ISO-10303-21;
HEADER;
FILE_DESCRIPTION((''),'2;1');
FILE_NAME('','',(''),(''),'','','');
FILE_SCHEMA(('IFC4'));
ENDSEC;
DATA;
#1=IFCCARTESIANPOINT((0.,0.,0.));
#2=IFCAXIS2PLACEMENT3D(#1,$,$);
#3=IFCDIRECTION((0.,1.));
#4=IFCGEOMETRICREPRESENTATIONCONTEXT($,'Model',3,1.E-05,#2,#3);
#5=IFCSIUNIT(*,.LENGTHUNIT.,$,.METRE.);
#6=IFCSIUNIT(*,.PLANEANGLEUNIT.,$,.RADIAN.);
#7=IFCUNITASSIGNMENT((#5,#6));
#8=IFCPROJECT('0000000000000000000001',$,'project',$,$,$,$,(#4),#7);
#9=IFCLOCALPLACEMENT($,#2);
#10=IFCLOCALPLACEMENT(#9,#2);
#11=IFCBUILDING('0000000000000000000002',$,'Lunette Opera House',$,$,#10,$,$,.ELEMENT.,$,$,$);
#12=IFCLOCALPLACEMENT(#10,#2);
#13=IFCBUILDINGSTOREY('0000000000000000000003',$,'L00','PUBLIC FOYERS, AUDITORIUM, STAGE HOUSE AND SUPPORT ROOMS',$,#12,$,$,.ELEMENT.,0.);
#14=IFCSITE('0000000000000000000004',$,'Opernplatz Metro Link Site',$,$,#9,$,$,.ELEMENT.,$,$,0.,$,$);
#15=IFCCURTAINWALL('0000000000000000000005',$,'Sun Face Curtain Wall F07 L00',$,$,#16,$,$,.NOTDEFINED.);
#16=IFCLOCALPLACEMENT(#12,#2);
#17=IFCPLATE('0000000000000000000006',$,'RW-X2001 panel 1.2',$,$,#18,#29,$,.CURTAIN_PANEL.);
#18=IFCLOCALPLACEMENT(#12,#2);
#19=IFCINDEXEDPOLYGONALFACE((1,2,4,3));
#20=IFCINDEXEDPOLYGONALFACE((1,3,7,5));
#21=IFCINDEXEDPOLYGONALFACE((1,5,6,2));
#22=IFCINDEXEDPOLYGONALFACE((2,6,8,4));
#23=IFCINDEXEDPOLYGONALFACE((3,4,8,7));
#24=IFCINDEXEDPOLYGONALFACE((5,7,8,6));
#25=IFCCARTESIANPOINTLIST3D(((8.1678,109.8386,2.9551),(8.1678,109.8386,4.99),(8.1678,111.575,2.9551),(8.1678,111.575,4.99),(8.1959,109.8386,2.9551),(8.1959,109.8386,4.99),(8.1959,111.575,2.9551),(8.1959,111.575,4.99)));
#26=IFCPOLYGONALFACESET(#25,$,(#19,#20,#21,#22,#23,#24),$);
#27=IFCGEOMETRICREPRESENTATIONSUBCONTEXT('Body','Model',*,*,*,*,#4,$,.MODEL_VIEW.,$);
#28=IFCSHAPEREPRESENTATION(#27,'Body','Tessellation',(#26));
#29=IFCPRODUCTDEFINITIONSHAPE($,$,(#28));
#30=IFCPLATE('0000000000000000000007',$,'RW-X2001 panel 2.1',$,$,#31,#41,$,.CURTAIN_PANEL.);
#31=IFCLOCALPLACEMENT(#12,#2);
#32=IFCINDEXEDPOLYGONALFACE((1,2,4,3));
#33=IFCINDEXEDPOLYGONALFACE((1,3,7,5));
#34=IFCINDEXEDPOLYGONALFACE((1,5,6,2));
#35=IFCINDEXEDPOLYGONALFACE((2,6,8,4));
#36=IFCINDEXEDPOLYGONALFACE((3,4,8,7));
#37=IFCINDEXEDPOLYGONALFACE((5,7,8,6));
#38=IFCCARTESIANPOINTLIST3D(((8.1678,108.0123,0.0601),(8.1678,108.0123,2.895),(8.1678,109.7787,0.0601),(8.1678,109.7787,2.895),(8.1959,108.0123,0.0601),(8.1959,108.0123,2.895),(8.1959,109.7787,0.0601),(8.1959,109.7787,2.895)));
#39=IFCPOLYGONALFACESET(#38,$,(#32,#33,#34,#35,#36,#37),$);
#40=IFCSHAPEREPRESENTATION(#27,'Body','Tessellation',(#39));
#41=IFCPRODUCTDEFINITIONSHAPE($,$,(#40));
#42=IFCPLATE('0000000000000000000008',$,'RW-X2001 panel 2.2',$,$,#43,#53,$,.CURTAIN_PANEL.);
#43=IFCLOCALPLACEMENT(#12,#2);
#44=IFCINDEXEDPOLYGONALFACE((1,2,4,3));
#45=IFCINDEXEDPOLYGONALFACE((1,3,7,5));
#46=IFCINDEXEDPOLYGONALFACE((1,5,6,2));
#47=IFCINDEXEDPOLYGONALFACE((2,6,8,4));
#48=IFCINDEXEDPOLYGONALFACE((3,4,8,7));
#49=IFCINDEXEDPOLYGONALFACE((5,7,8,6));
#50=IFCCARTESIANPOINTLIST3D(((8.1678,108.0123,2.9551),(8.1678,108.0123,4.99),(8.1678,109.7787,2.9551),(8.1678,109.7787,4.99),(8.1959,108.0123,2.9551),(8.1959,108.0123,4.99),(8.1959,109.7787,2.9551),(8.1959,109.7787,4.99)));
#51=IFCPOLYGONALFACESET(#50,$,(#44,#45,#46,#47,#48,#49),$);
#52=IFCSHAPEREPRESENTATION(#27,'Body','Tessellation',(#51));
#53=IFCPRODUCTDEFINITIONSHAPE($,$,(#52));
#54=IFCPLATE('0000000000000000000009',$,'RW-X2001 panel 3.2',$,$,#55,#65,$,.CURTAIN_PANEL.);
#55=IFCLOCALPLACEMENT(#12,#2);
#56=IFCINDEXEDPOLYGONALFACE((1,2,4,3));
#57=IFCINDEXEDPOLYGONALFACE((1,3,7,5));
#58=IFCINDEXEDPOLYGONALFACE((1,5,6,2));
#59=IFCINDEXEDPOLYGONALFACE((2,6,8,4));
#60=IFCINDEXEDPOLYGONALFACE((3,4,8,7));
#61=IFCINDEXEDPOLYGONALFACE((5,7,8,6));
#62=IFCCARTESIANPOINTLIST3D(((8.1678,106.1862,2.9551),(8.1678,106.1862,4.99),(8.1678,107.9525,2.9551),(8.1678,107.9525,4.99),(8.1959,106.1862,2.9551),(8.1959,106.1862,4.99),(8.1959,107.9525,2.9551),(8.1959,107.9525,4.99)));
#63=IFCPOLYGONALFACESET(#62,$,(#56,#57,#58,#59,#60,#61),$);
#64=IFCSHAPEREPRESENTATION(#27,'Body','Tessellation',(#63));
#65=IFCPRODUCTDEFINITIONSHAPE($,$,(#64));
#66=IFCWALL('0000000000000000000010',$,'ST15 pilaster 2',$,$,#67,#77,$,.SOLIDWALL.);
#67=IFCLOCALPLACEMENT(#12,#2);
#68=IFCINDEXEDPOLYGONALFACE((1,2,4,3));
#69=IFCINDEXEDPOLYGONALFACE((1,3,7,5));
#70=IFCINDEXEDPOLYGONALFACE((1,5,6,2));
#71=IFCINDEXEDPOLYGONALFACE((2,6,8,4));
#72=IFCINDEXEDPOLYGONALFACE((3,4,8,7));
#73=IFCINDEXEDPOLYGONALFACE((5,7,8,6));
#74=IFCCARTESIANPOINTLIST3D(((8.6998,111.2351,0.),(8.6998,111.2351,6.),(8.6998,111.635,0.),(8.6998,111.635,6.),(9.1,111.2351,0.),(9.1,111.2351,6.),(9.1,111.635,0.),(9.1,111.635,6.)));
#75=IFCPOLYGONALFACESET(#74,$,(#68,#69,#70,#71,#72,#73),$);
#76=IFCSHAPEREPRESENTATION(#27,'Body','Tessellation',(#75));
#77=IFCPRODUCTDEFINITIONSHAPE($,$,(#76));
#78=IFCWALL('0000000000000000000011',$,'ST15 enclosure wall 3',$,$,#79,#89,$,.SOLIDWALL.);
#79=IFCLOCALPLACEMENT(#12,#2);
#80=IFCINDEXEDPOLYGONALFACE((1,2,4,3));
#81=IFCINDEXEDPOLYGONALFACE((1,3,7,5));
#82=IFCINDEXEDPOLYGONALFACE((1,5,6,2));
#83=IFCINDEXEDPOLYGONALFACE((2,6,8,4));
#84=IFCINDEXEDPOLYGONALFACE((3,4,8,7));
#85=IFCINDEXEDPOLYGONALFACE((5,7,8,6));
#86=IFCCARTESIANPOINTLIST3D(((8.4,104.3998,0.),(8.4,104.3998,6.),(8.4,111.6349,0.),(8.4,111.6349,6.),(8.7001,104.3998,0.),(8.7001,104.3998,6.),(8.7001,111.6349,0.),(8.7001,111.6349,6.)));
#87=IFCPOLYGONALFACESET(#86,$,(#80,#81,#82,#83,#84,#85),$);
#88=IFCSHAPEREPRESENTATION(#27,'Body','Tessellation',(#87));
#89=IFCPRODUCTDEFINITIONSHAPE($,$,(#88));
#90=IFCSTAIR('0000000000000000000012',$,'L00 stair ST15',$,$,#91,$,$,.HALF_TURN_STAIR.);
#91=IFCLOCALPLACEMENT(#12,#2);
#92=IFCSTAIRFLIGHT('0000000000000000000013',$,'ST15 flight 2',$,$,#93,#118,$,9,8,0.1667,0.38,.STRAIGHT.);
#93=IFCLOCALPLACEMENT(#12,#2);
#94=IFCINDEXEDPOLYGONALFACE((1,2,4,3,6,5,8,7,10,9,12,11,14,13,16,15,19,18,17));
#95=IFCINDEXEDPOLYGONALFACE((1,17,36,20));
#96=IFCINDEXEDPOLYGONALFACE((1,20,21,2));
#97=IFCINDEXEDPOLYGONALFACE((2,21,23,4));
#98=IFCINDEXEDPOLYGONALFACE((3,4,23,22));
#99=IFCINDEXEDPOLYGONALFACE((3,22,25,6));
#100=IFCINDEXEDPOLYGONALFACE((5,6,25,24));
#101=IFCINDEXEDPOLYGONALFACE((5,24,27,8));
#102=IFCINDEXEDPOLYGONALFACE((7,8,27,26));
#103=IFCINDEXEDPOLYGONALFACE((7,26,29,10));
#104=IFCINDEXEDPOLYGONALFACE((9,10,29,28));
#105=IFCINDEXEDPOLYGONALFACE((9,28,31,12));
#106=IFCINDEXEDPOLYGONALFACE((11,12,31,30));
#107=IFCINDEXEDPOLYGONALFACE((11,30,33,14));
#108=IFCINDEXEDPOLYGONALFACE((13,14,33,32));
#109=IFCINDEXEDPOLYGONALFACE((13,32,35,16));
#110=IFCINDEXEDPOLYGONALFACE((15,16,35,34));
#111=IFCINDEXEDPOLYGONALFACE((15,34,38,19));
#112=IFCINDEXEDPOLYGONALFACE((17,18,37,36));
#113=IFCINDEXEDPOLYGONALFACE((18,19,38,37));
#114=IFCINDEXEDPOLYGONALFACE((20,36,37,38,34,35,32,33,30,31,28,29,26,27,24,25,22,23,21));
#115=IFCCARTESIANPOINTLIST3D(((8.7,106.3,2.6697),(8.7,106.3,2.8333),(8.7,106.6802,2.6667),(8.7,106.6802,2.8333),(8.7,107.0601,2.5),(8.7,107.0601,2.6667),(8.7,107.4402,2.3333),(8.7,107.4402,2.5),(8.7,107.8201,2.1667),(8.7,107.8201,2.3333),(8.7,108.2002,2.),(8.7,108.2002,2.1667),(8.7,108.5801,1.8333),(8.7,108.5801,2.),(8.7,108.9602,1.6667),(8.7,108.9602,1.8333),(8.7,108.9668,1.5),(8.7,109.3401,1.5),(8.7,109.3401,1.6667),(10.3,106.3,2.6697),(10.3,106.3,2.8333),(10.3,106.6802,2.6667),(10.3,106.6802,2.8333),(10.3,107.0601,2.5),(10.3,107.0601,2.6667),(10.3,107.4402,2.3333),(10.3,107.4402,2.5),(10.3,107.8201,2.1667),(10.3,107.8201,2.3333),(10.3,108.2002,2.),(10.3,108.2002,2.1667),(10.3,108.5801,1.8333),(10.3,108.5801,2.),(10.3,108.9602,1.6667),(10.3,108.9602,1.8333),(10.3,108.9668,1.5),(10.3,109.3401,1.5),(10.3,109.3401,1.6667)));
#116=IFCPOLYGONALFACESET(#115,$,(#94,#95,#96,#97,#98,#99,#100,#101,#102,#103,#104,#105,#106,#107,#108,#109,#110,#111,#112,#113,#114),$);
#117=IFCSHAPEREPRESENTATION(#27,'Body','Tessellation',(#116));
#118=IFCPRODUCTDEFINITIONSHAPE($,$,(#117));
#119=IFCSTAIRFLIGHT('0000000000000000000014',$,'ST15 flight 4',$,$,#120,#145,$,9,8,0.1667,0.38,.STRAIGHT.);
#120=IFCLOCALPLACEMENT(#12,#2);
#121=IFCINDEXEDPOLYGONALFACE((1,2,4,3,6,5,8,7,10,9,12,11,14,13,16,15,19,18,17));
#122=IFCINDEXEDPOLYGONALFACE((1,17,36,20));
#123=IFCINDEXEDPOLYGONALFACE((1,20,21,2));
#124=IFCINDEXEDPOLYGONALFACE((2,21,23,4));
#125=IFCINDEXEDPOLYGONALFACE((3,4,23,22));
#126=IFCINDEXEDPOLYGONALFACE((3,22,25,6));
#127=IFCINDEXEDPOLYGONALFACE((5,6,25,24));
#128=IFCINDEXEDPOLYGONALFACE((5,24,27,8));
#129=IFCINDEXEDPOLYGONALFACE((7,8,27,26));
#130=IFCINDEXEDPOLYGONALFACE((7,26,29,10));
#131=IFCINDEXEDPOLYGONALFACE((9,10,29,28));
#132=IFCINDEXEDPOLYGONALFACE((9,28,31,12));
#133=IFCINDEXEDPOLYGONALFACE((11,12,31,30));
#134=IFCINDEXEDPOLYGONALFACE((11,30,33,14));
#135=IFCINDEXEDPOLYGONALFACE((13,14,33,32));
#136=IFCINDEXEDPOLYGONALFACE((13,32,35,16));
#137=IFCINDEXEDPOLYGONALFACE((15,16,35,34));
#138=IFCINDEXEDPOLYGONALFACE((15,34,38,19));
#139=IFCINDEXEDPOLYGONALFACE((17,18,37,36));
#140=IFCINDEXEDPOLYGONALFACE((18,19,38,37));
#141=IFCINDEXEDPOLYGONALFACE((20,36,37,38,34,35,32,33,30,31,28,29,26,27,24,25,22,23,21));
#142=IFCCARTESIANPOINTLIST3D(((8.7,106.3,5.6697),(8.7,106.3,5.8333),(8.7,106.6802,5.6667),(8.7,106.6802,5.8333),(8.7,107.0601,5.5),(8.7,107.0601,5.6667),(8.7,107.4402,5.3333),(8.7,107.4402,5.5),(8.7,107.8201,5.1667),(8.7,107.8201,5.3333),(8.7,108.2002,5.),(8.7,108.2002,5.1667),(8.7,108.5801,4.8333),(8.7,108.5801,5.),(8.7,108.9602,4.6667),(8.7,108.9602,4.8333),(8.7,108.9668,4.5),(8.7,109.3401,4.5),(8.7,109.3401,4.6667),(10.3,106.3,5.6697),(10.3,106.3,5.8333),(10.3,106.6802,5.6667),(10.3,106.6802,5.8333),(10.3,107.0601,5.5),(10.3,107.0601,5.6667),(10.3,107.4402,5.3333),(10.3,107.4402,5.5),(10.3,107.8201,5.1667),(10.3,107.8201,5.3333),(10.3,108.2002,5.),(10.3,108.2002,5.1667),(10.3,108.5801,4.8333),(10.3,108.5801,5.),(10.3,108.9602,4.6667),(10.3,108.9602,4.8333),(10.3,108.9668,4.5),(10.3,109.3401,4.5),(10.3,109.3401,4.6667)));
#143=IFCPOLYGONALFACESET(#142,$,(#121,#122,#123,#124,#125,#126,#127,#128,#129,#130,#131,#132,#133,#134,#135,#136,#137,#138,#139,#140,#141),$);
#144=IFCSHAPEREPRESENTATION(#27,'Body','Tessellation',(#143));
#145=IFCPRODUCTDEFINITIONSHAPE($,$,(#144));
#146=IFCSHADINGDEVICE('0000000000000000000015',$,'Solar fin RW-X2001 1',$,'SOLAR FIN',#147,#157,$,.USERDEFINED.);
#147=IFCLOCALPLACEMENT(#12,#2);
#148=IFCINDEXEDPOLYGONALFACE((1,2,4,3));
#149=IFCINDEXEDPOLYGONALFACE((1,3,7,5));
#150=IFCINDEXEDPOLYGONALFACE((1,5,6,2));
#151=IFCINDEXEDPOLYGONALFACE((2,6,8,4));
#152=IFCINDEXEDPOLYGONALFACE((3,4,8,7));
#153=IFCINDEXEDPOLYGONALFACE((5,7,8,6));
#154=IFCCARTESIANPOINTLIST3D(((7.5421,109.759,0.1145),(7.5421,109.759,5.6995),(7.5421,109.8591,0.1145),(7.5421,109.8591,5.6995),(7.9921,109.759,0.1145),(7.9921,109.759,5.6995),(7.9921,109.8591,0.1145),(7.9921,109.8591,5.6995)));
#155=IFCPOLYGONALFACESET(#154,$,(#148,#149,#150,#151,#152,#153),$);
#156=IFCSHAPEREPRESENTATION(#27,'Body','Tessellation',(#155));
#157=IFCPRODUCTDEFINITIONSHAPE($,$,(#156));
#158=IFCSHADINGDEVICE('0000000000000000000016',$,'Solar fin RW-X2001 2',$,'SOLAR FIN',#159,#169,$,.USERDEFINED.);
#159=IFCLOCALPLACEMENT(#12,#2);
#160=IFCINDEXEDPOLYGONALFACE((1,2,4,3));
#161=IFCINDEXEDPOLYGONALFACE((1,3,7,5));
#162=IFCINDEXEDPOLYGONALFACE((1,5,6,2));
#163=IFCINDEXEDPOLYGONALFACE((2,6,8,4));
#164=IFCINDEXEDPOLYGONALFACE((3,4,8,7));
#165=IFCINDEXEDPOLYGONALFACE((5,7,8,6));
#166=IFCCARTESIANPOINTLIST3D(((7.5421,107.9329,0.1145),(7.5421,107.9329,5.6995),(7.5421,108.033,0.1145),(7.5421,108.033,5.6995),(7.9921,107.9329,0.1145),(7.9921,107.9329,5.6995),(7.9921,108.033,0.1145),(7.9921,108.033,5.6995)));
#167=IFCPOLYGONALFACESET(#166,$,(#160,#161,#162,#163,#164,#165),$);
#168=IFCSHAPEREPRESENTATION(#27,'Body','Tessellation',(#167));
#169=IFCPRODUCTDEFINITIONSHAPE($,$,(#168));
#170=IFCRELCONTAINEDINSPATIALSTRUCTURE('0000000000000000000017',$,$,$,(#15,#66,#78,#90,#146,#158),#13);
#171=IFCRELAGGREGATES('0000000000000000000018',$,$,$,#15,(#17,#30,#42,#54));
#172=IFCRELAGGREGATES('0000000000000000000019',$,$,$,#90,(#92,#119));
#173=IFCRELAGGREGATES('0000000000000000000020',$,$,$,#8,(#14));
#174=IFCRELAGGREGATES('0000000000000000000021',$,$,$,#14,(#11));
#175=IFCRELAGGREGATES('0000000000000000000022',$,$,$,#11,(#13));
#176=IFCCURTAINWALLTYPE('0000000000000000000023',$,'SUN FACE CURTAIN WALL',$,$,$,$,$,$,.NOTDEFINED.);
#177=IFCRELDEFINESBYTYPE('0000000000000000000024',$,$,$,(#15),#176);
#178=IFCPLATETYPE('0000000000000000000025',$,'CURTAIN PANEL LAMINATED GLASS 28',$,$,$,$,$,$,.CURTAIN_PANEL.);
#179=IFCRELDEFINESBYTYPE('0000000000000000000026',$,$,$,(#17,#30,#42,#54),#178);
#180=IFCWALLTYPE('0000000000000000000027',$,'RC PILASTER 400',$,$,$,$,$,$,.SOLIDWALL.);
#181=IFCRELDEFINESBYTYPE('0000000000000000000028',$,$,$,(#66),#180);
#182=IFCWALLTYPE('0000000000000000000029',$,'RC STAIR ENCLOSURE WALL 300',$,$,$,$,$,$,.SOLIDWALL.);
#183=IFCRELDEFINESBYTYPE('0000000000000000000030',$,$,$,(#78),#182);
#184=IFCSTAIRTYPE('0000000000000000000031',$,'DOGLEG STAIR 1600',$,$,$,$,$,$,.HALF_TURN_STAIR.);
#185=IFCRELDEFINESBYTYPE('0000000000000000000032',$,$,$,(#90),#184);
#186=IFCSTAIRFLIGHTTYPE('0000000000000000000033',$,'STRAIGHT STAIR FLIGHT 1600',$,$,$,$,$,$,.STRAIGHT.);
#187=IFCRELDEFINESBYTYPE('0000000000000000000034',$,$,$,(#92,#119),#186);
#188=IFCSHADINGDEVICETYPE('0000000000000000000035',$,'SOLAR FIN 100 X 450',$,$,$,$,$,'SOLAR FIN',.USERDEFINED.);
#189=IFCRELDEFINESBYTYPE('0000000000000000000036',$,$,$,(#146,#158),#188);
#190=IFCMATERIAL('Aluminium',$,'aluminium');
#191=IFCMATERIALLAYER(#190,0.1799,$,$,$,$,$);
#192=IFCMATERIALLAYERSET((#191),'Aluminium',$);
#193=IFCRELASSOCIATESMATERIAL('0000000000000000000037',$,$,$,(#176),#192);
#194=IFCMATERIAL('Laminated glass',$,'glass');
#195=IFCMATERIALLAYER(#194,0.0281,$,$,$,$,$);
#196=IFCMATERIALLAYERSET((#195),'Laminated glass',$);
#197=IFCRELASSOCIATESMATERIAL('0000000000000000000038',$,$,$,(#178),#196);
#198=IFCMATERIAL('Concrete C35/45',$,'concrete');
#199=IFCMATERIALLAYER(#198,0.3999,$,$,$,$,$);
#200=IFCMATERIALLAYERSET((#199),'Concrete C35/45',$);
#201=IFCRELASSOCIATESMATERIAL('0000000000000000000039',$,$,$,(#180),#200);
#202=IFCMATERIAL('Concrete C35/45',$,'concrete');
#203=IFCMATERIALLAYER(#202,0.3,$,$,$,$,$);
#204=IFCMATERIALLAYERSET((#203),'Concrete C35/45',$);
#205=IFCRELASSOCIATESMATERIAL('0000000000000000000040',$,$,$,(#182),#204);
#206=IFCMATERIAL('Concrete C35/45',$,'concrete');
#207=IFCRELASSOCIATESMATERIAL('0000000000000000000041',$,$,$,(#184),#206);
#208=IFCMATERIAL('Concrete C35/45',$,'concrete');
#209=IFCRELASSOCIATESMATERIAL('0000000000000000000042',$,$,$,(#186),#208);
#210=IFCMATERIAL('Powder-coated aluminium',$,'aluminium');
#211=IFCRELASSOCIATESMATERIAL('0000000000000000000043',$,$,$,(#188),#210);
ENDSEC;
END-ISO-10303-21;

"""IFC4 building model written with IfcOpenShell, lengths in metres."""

from ifc_helpers import new_model, si_unit, direction, frame, frame_2d, origin, origin_2d, place, context, subcontext, project, spatial, polyline, rectangle, outline, extrude, material, layer, layer_set, type_object, element, aggregate, save


model = new_model("IFC4")

# Units and contexts
model_context = context("Model", 3, precision=1e-05, world=origin(), true_north=direction((0.0, 1.0)))
body_context = subcontext(model_context, "Body", "Model", "MODEL_VIEW")
ifc_project = project(units=[si_unit("LENGTHUNIT", "METRE"), si_unit("PLANEANGLEUNIT", "RADIAN")], contexts=[model_context])

# Site, building, storey
site_placement = place(None, origin())
site = spatial("IfcSite", under=ifc_project, at=site_placement, Name="Opernplatz Metro Link Site", CompositionType="ELEMENT", RefElevation=0.0)
building_placement = place(site_placement, origin())
building = spatial("IfcBuilding", under=site, at=building_placement, Name="Lunette Opera House", CompositionType="ELEMENT")
storey_placement = place(building_placement, origin())
storey = spatial("IfcBuildingStorey", under=building, at=storey_placement, Name="L00", Description="PUBLIC FOYERS, AUDITORIUM, STAGE HOUSE AND SUPPORT ROOMS", CompositionType="ELEMENT", Elevation=0.0)

# Curtain wall
ifc_material_1 = material(Name="Aluminium", Category="aluminium")
ifc_layer_1 = layer(ifc_material_1, 0.1799)
ifc_layer_set_1 = layer_set([ifc_layer_1], Name="Aluminium")
curtain_wall_type = type_object("IfcCurtainWallType", Name="SUN FACE CURTAIN WALL", PredefinedType="NOTDEFINED", material=ifc_layer_set_1)
curtain_wall_placement = place(storey_placement, origin())
curtain_wall = element("IfcCurtainWall", 1, at=curtain_wall_placement, inside=storey, type_object=curtain_wall_type, Name="Sun Face Curtain Wall F07 L00", PredefinedType="NOTDEFINED")

# Plates
ifc_material_2 = material(Name="Laminated glass", Category="glass")
ifc_layer_2 = layer(ifc_material_2, 0.0281)
ifc_layer_set_2 = layer_set([ifc_layer_2], Name="Laminated glass")
plate_type = type_object("IfcPlateType", Name="CURTAIN PANEL LAMINATED GLASS 28", PredefinedType="CURTAIN_PANEL", material=ifc_layer_set_2)
plate_1_placement = place(storey_placement, frame((8.1819, 110.7068, 2.9551), z_axis=(0.0, 0.0, 1.0), x_axis=(0.0, -1.0, 0.0)))
plate_1 = element("IfcPlate", 2, at=plate_1_placement, type_object=plate_type, Name="RW-X2001 panel 1.2", PredefinedType="CURTAIN_PANEL", context=body_context, shape_type="SweptSolid", body=[
    extrude(rectangle(XDim=1.7363, YDim=0.0281, at=origin_2d()), origin(), (0.0, 0.0, 1.0), 2.0349),
])
plate_2_placement = place(storey_placement, frame((8.1819, 108.8955, 0.0601), z_axis=(0.0, 0.0, 1.0), x_axis=(0.0, -1.0, 0.0)))
plate_2 = element("IfcPlate", 3, at=plate_2_placement, type_object=plate_type, Name="RW-X2001 panel 2.1", PredefinedType="CURTAIN_PANEL", context=body_context, shape_type="SweptSolid", body=[
    extrude(rectangle(XDim=1.7664, YDim=0.0281, at=origin_2d()), origin(), (0.0, 0.0, 1.0), 2.835),
])
plate_3_placement = place(storey_placement, frame((8.1819, 108.8955, 2.9551), z_axis=(0.0, 0.0, 1.0), x_axis=(0.0, -1.0, 0.0)))
plate_3 = element("IfcPlate", 4, at=plate_3_placement, type_object=plate_type, Name="RW-X2001 panel 2.2", PredefinedType="CURTAIN_PANEL", context=body_context, shape_type="SweptSolid", body=[
    extrude(rectangle(XDim=1.7664, YDim=0.0281, at=origin_2d()), origin(), (0.0, 0.0, 1.0), 2.0349),
])
plate_4_placement = place(storey_placement, frame((8.1819, 107.0693, 2.9551), z_axis=(0.0, 0.0, 1.0), x_axis=(0.0, -1.0, 0.0)))
plate_4 = element("IfcPlate", 5, at=plate_4_placement, type_object=plate_type, Name="RW-X2001 panel 3.2", PredefinedType="CURTAIN_PANEL", context=body_context, shape_type="SweptSolid", body=[
    extrude(rectangle(XDim=1.7664, YDim=0.0281, at=origin_2d()), origin(), (0.0, 0.0, 1.0), 2.0349),
])
aggregate(curtain_wall, [plate_1, plate_2, plate_3, plate_4])

# Walls
ifc_material_3 = material(Name="Concrete C35/45", Category="concrete")
ifc_layer_3 = layer(ifc_material_3, 0.3999)
ifc_layer_set_3 = layer_set([ifc_layer_3], Name="Concrete C35/45")
wall_type_1 = type_object("IfcWallType", Name="RC PILASTER 400", PredefinedType="SOLIDWALL", material=ifc_layer_set_3)
wall_1_placement = place(storey_placement, frame((9.1001, 111.4351, 0.0), z_axis=(0.0, 0.0, 1.0), x_axis=(-1.0, 0.0, 0.0)))
element("IfcWall", 6, at=wall_1_placement, inside=storey, type_object=wall_type_1, Name="ST15 pilaster 2", PredefinedType="SOLIDWALL", context=body_context, shape_type="SweptSolid", body=[
    extrude(rectangle(XDim=0.4001, YDim=0.3999, at=frame_2d((0.2002, 0.0))), origin(), (0.0, 0.0, 1.0), 6.0),
])
ifc_material_4 = material(Name="Concrete C35/45", Category="concrete")
ifc_layer_4 = layer(ifc_material_4, 0.3)
ifc_layer_set_4 = layer_set([ifc_layer_4], Name="Concrete C35/45")
wall_type_2 = type_object("IfcWallType", Name="RC STAIR ENCLOSURE WALL 300", PredefinedType="SOLIDWALL", material=ifc_layer_set_4)
wall_2_placement = place(storey_placement, frame((8.55, 111.635, 0.0), z_axis=(0.0, 0.0, 1.0), x_axis=(0.0, -1.0, 0.0)))
element("IfcWall", 7, at=wall_2_placement, inside=storey, type_object=wall_type_2, Name="ST15 enclosure wall 3", PredefinedType="SOLIDWALL", context=body_context, shape_type="SweptSolid", body=[
    extrude(rectangle(XDim=7.2351, YDim=0.3, at=frame_2d((3.6177, 0.0))), origin(), (0.0, 0.0, 1.0), 6.0),
])

# Stair, stair flights
ifc_material_5 = material(Name="Concrete C35/45", Category="concrete")
stair_type = type_object("IfcStairType", Name="DOGLEG STAIR 1600", PredefinedType="HALF_TURN_STAIR", material=ifc_material_5)
stair_placement = place(storey_placement, origin())
stair = element("IfcStair", 8, at=stair_placement, inside=storey, type_object=stair_type, Name="L00 stair ST15", PredefinedType="HALF_TURN_STAIR")
ifc_material_6 = material(Name="Concrete C35/45", Category="concrete")
stair_flight_type = type_object("IfcStairFlightType", Name="STRAIGHT STAIR FLIGHT 1600", PredefinedType="STRAIGHT", material=ifc_material_6)
stair_flight_1_placement = place(storey_placement, frame((9.5, 109.3401, 1.5), z_axis=(0.0, 0.0, 1.0), x_axis=(0.0, -1.0, 0.0)))
stair_flight_1 = element("IfcStairFlight", 9, at=stair_flight_1_placement, type_object=stair_flight_type, Name="ST15 flight 2", NumberOfRisers=9, NumberOfTreads=8, PredefinedType="STRAIGHT", RiserHeight=0.1667, TreadLength=0.38, context=body_context, shape_type="SweptSolid", body=[
    extrude(outline(polyline([(0.0, 0.0), (0.0, 0.1667), (0.3799, 0.1667), (0.3799, 0.3333), (0.76, 0.3333), (0.76, 0.5), (1.1399, 0.5), (1.1399, 0.6667), (1.52, 0.6667), (1.52, 0.8333), (1.8999, 0.8333), (1.8999, 1.0), (2.28, 1.0), (2.28, 1.1667), (2.6599, 1.1667), (2.6599, 1.3333), (3.04, 1.3333), (3.04, 1.5), (3.04, 1.1697), (0.3733, 0.0), (0.0, 0.0)])), frame((0.0, 0.8, 0.0), z_axis=(0.0, -1.0, 0.0), x_axis=(1.0, 0.0, 0.0)), (0.0, 0.0, 1.0), 1.6001),
])
stair_flight_2_placement = place(storey_placement, frame((9.5, 109.3401, 4.5), z_axis=(0.0, 0.0, 1.0), x_axis=(0.0, -1.0, 0.0)))
stair_flight_2 = element("IfcStairFlight", 10, at=stair_flight_2_placement, type_object=stair_flight_type, Name="ST15 flight 4", NumberOfRisers=9, NumberOfTreads=8, PredefinedType="STRAIGHT", RiserHeight=0.1667, TreadLength=0.38, context=body_context, shape_type="SweptSolid", body=[
    extrude(outline(polyline([(0.0, 0.0), (0.0, 0.1667), (0.3799, 0.1667), (0.3799, 0.3333), (0.76, 0.3333), (0.76, 0.5), (1.1399, 0.5), (1.1399, 0.6667), (1.52, 0.6667), (1.52, 0.8333), (1.8999, 0.8333), (1.8999, 1.0), (2.28, 1.0), (2.28, 1.1667), (2.6599, 1.1667), (2.6599, 1.3333), (3.04, 1.3333), (3.04, 1.5), (3.04, 1.1697), (0.3733, 0.0), (0.0, 0.0)])), frame((0.0, 0.8, 0.0), z_axis=(0.0, -1.0, 0.0), x_axis=(1.0, 0.0, 0.0)), (0.0, 0.0, 1.0), 1.6001),
])
aggregate(stair, [stair_flight_1, stair_flight_2])

# Shading devices
ifc_material_7 = material(Name="Powder-coated aluminium", Category="aluminium")
shading_device_type_1 = type_object("IfcShadingDeviceType", Name="SOLAR FIN 100 X 450", ElementType="SOLAR FIN", PredefinedType="USERDEFINED", material=ifc_material_7)
for number, where, z_axis, x_axis, name in (
    (11, (7.7671, 109.8091, 0.1145), (0.0, 0.0, 1.0), (-1.0, 0.0, 0.0), "Solar fin RW-X2001 1"),
    (12, (7.7671, 107.9829, 0.1145), (0.0, 0.0, 1.0), (-1.0, 0.0, 0.0), "Solar fin RW-X2001 2"),
):
    element("IfcShadingDevice", number, at=place(storey_placement, frame(where, z_axis=z_axis, x_axis=x_axis)), inside=storey, type_object=shading_device_type_1, Name=name, ObjectType="SOLAR FIN", PredefinedType="USERDEFINED", context=body_context, shape_type="SweptSolid", body=[
        extrude(rectangle(XDim=0.45, YDim=0.1001, at=origin_2d()), origin(), (0.0, 0.0, 1.0), 5.585),
    ])

save(model, "model.ifc")
